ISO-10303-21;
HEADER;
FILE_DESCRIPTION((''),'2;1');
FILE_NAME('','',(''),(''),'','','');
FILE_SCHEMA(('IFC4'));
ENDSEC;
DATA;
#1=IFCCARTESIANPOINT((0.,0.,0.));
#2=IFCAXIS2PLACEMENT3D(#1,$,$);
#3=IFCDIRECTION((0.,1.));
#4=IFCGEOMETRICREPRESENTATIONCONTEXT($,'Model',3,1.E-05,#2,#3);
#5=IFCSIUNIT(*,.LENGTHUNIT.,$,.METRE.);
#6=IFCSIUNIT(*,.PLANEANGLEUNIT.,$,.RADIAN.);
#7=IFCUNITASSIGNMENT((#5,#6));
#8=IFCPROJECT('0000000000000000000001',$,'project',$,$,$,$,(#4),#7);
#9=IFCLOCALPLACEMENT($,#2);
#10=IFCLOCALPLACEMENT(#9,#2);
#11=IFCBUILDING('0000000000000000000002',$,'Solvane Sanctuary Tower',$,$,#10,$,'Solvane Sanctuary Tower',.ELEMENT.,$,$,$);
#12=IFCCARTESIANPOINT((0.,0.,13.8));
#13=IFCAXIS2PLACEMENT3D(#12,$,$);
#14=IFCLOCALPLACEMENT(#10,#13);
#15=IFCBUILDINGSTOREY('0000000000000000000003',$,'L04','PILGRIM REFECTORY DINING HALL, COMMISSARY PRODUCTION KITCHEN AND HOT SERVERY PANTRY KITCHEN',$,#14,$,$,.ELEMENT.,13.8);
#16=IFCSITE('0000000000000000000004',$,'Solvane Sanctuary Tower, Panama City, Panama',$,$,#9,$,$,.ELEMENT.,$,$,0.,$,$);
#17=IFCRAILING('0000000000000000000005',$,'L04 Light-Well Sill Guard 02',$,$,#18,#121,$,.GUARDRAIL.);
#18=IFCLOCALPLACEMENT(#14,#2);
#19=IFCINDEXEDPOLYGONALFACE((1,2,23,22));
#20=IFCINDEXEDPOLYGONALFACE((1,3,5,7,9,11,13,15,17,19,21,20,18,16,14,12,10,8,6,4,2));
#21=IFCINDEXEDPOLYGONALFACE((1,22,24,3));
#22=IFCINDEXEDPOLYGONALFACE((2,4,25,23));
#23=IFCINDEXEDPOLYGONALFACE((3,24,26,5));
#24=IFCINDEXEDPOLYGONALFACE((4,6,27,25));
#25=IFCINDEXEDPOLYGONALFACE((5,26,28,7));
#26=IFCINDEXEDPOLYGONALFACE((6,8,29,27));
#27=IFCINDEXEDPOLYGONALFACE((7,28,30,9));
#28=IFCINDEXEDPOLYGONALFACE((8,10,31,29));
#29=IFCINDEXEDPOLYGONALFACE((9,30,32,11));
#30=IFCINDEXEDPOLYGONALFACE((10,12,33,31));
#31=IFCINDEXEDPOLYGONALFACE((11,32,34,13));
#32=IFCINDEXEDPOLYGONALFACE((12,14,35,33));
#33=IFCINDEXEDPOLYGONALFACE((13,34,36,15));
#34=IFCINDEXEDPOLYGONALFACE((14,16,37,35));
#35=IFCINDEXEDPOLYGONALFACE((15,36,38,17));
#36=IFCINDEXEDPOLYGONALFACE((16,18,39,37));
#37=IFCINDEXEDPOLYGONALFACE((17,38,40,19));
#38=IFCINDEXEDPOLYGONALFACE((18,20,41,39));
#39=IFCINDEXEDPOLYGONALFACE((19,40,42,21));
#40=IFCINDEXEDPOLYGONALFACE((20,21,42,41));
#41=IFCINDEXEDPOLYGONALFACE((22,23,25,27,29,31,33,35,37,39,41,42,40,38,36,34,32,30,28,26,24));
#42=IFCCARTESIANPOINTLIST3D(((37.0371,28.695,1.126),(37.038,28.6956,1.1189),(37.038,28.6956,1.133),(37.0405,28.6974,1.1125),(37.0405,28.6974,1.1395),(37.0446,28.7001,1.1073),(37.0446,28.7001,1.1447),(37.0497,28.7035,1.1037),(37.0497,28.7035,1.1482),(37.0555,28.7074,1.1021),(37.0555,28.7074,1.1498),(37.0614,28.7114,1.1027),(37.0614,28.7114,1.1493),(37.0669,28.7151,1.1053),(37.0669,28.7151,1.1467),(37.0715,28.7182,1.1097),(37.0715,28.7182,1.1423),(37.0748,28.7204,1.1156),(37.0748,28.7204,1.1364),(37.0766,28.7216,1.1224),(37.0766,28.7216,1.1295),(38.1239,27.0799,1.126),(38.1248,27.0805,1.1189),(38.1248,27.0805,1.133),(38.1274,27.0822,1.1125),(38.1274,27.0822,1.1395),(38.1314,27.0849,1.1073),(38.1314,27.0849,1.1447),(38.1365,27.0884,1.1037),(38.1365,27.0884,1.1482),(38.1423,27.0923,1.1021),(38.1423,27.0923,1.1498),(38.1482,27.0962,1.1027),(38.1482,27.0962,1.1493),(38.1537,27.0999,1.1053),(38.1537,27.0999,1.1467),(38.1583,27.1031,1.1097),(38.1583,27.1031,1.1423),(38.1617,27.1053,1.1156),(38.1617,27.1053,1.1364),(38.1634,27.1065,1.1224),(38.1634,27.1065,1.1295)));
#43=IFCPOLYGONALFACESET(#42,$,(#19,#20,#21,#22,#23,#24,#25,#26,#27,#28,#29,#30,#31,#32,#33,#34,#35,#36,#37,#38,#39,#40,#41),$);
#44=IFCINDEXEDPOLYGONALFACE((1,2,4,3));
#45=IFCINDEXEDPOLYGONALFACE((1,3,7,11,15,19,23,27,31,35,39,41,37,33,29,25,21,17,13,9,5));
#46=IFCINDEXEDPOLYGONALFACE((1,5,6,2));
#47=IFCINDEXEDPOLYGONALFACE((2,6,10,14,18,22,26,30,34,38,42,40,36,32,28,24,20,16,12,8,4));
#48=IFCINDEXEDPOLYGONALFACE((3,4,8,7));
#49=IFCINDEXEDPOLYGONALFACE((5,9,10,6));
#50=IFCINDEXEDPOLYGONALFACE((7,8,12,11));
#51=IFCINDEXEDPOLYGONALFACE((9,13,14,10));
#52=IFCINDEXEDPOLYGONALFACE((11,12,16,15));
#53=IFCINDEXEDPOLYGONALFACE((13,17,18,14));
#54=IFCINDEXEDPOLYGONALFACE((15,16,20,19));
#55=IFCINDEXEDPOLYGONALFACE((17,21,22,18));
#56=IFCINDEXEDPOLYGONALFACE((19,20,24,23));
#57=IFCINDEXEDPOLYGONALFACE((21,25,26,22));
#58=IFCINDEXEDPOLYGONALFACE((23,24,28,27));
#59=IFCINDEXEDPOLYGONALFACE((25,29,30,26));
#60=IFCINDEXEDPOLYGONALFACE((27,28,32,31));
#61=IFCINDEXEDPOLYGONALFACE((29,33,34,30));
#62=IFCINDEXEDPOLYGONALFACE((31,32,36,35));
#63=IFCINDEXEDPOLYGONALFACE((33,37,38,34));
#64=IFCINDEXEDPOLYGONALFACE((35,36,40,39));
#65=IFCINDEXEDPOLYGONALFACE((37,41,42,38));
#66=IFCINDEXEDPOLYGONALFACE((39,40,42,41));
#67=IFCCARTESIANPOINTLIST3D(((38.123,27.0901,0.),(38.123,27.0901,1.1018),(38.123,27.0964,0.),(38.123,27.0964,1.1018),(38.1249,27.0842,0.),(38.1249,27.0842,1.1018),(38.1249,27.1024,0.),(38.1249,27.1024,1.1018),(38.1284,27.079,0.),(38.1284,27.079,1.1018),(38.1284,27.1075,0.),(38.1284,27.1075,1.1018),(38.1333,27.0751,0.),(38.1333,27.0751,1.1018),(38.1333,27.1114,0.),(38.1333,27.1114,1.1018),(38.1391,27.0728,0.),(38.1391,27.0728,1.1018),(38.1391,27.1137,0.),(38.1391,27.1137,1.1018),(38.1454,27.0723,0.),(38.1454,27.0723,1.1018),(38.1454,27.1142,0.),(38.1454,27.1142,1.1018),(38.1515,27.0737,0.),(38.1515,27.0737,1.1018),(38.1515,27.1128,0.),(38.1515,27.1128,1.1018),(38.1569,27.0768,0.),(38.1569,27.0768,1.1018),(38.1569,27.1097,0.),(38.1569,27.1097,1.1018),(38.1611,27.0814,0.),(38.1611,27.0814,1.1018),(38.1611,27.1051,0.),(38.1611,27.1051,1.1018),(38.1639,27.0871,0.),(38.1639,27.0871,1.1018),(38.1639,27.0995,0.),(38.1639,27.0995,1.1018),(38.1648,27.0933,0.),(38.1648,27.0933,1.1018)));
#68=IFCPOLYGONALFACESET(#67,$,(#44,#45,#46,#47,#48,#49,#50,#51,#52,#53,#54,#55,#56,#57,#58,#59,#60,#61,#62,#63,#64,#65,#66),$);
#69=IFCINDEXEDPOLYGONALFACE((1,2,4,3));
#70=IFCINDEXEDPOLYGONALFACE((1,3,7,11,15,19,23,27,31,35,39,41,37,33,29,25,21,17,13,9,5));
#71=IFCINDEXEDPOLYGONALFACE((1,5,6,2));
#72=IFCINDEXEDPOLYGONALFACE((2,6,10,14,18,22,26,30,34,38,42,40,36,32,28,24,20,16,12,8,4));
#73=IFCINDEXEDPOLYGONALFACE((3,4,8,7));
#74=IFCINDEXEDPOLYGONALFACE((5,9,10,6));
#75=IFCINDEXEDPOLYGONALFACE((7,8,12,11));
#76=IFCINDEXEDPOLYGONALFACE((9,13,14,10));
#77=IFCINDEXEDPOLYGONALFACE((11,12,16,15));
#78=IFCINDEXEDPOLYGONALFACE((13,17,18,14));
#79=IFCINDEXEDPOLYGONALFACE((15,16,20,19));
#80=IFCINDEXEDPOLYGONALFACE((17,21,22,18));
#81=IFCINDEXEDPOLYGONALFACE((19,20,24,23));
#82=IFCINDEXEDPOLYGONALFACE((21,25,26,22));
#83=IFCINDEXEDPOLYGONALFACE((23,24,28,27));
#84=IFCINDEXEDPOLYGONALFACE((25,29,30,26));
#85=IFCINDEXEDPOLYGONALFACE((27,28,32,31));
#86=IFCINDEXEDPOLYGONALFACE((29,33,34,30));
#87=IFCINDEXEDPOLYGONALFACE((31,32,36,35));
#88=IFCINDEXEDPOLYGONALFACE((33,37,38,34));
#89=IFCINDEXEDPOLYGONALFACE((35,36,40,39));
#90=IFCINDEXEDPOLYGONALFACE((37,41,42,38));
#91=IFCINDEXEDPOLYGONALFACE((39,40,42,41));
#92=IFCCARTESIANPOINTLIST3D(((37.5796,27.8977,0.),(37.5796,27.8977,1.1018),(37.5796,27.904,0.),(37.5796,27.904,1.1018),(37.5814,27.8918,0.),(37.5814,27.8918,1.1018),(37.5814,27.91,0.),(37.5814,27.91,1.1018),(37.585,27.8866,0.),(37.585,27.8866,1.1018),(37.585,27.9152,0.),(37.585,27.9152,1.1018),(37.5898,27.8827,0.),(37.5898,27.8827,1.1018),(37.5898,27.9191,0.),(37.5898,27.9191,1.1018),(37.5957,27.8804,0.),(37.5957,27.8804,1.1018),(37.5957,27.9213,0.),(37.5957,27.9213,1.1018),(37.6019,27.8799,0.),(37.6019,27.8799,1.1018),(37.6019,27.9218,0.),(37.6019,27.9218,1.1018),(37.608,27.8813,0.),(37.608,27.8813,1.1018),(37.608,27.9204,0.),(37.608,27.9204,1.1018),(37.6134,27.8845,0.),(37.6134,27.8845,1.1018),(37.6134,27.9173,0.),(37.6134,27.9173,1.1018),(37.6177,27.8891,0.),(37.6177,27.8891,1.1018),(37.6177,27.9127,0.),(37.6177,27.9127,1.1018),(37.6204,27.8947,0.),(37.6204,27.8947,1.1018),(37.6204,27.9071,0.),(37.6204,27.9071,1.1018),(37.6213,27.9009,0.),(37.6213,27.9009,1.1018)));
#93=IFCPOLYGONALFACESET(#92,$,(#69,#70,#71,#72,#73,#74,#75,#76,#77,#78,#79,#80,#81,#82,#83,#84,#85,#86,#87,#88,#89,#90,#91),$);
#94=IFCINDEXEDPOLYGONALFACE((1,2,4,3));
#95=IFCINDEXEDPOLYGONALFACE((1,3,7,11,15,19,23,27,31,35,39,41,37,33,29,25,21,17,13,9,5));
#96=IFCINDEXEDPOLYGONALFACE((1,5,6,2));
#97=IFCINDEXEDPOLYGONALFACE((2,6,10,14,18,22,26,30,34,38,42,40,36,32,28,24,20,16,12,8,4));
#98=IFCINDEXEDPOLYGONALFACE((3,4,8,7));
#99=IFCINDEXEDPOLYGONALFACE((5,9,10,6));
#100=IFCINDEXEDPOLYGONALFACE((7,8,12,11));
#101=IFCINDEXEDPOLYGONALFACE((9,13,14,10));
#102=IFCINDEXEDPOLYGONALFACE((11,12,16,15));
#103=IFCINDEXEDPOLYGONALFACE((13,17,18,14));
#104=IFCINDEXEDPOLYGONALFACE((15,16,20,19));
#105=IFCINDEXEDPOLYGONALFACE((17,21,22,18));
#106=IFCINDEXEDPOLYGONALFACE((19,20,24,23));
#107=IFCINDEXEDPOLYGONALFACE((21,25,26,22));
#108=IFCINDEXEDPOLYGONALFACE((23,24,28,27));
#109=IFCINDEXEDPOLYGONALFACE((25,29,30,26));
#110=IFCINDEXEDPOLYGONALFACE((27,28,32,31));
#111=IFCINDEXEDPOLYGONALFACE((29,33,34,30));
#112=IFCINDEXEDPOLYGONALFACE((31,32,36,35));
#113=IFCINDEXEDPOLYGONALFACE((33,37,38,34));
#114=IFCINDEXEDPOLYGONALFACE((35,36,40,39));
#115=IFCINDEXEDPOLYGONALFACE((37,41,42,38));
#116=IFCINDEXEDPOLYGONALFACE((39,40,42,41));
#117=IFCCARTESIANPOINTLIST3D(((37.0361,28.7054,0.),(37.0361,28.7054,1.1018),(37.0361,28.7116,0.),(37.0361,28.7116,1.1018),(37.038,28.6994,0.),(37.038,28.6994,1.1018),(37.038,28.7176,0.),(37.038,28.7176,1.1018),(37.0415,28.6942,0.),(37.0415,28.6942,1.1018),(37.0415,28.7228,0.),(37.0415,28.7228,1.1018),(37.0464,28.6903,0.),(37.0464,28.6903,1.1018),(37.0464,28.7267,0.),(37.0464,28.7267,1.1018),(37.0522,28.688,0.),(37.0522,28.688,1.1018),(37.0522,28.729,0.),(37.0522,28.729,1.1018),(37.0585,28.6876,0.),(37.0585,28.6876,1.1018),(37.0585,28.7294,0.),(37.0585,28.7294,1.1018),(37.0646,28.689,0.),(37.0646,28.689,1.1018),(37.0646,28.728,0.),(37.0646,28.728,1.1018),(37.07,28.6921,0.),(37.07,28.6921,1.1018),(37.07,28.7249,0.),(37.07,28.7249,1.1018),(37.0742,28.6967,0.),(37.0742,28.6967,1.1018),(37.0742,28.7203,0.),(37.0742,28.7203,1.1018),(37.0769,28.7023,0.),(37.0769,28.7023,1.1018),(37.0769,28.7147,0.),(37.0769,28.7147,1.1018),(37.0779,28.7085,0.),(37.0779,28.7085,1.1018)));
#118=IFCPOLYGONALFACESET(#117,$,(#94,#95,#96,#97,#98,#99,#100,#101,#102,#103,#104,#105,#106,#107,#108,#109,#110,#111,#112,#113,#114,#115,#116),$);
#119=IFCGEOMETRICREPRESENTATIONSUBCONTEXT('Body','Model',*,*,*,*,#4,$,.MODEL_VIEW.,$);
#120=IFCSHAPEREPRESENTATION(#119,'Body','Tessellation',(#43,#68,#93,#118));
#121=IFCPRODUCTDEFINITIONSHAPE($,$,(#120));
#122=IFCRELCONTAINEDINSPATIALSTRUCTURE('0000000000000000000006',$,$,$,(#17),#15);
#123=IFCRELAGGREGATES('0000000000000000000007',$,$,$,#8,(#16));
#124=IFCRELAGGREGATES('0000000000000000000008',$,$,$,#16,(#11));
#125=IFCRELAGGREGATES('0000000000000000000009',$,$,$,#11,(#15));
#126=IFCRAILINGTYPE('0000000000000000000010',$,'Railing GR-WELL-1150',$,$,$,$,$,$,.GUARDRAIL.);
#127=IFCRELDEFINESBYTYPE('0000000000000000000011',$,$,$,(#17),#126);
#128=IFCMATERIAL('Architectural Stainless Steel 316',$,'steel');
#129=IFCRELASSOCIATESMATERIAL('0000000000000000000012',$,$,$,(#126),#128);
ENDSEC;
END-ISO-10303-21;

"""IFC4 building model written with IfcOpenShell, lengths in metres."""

from ifc_helpers import new_model, si_unit, direction, frame, origin, origin_2d, place, context, subcontext, project, spatial, circle, extrude, material, type_object, element, save


model = new_model("IFC4")

# Units and contexts
model_context = context("Model", 3, precision=1e-05, world=origin(), true_north=direction((0.0, 1.0)))
body_context = subcontext(model_context, "Body", "Model", "MODEL_VIEW")
ifc_project = project(units=[si_unit("LENGTHUNIT", "METRE"), si_unit("PLANEANGLEUNIT", "RADIAN")], contexts=[model_context])

# Site, building, storey
site_placement = place(None, origin())
site = spatial("IfcSite", under=ifc_project, at=site_placement, Name="Solvane Sanctuary Tower, Panama City, Panama", CompositionType="ELEMENT", RefElevation=0.0)
building_placement = place(site_placement, origin())
building = spatial("IfcBuilding", under=site, at=building_placement, Name="Solvane Sanctuary Tower", LongName="Solvane Sanctuary Tower", CompositionType="ELEMENT")
storey_placement = place(building_placement, frame((0.0, 0.0, 13.8)))
storey = spatial("IfcBuildingStorey", under=building, at=storey_placement, Name="L04", Description="PILGRIM REFECTORY DINING HALL, COMMISSARY PRODUCTION KITCHEN AND HOT SERVERY PANTRY KITCHEN", CompositionType="ELEMENT", Elevation=13.8)

# Shared definitions
ifc_material_1 = material(Name="Architectural Stainless Steel 316", Category="steel")

# Railing
railing_type = type_object("IfcRailingType", Name="Railing GR-WELL-1150", PredefinedType="GUARDRAIL", material=ifc_material_1)
railing_1_placement = place(storey_placement, frame((38.1438, 27.0933, 0.0)))
element("IfcRailing", 1, at=railing_1_placement, inside=storey, type_object=railing_type, Name="L04 Light-Well Sill Guard 02", PredefinedType="GUARDRAIL", context=body_context, shape_type="SweptSolid", body=[
    extrude(circle(Radius=0.0239, at=origin_2d()), frame((0.0, 0.0, 1.126), z_axis=(-0.558283, 0.82965, 0.0), x_axis=(-0.82965, -0.558283, 0.0)), (0.0, 0.0, 1.0), 1.9468),
    extrude(circle(Radius=0.021, at=origin_2d()), origin(), (0.0, 0.0, 1.0), 1.1018),
    extrude(circle(Radius=0.021, at=origin_2d()), frame((-0.5435, 0.8076, 0.0)), (0.0, 0.0, 1.0), 1.1018),
    extrude(circle(Radius=0.021, at=origin_2d()), frame((-1.0869, 1.6152, 0.0)), (0.0, 0.0, 1.0), 1.1018),
])

save(model, "model.ifc")
